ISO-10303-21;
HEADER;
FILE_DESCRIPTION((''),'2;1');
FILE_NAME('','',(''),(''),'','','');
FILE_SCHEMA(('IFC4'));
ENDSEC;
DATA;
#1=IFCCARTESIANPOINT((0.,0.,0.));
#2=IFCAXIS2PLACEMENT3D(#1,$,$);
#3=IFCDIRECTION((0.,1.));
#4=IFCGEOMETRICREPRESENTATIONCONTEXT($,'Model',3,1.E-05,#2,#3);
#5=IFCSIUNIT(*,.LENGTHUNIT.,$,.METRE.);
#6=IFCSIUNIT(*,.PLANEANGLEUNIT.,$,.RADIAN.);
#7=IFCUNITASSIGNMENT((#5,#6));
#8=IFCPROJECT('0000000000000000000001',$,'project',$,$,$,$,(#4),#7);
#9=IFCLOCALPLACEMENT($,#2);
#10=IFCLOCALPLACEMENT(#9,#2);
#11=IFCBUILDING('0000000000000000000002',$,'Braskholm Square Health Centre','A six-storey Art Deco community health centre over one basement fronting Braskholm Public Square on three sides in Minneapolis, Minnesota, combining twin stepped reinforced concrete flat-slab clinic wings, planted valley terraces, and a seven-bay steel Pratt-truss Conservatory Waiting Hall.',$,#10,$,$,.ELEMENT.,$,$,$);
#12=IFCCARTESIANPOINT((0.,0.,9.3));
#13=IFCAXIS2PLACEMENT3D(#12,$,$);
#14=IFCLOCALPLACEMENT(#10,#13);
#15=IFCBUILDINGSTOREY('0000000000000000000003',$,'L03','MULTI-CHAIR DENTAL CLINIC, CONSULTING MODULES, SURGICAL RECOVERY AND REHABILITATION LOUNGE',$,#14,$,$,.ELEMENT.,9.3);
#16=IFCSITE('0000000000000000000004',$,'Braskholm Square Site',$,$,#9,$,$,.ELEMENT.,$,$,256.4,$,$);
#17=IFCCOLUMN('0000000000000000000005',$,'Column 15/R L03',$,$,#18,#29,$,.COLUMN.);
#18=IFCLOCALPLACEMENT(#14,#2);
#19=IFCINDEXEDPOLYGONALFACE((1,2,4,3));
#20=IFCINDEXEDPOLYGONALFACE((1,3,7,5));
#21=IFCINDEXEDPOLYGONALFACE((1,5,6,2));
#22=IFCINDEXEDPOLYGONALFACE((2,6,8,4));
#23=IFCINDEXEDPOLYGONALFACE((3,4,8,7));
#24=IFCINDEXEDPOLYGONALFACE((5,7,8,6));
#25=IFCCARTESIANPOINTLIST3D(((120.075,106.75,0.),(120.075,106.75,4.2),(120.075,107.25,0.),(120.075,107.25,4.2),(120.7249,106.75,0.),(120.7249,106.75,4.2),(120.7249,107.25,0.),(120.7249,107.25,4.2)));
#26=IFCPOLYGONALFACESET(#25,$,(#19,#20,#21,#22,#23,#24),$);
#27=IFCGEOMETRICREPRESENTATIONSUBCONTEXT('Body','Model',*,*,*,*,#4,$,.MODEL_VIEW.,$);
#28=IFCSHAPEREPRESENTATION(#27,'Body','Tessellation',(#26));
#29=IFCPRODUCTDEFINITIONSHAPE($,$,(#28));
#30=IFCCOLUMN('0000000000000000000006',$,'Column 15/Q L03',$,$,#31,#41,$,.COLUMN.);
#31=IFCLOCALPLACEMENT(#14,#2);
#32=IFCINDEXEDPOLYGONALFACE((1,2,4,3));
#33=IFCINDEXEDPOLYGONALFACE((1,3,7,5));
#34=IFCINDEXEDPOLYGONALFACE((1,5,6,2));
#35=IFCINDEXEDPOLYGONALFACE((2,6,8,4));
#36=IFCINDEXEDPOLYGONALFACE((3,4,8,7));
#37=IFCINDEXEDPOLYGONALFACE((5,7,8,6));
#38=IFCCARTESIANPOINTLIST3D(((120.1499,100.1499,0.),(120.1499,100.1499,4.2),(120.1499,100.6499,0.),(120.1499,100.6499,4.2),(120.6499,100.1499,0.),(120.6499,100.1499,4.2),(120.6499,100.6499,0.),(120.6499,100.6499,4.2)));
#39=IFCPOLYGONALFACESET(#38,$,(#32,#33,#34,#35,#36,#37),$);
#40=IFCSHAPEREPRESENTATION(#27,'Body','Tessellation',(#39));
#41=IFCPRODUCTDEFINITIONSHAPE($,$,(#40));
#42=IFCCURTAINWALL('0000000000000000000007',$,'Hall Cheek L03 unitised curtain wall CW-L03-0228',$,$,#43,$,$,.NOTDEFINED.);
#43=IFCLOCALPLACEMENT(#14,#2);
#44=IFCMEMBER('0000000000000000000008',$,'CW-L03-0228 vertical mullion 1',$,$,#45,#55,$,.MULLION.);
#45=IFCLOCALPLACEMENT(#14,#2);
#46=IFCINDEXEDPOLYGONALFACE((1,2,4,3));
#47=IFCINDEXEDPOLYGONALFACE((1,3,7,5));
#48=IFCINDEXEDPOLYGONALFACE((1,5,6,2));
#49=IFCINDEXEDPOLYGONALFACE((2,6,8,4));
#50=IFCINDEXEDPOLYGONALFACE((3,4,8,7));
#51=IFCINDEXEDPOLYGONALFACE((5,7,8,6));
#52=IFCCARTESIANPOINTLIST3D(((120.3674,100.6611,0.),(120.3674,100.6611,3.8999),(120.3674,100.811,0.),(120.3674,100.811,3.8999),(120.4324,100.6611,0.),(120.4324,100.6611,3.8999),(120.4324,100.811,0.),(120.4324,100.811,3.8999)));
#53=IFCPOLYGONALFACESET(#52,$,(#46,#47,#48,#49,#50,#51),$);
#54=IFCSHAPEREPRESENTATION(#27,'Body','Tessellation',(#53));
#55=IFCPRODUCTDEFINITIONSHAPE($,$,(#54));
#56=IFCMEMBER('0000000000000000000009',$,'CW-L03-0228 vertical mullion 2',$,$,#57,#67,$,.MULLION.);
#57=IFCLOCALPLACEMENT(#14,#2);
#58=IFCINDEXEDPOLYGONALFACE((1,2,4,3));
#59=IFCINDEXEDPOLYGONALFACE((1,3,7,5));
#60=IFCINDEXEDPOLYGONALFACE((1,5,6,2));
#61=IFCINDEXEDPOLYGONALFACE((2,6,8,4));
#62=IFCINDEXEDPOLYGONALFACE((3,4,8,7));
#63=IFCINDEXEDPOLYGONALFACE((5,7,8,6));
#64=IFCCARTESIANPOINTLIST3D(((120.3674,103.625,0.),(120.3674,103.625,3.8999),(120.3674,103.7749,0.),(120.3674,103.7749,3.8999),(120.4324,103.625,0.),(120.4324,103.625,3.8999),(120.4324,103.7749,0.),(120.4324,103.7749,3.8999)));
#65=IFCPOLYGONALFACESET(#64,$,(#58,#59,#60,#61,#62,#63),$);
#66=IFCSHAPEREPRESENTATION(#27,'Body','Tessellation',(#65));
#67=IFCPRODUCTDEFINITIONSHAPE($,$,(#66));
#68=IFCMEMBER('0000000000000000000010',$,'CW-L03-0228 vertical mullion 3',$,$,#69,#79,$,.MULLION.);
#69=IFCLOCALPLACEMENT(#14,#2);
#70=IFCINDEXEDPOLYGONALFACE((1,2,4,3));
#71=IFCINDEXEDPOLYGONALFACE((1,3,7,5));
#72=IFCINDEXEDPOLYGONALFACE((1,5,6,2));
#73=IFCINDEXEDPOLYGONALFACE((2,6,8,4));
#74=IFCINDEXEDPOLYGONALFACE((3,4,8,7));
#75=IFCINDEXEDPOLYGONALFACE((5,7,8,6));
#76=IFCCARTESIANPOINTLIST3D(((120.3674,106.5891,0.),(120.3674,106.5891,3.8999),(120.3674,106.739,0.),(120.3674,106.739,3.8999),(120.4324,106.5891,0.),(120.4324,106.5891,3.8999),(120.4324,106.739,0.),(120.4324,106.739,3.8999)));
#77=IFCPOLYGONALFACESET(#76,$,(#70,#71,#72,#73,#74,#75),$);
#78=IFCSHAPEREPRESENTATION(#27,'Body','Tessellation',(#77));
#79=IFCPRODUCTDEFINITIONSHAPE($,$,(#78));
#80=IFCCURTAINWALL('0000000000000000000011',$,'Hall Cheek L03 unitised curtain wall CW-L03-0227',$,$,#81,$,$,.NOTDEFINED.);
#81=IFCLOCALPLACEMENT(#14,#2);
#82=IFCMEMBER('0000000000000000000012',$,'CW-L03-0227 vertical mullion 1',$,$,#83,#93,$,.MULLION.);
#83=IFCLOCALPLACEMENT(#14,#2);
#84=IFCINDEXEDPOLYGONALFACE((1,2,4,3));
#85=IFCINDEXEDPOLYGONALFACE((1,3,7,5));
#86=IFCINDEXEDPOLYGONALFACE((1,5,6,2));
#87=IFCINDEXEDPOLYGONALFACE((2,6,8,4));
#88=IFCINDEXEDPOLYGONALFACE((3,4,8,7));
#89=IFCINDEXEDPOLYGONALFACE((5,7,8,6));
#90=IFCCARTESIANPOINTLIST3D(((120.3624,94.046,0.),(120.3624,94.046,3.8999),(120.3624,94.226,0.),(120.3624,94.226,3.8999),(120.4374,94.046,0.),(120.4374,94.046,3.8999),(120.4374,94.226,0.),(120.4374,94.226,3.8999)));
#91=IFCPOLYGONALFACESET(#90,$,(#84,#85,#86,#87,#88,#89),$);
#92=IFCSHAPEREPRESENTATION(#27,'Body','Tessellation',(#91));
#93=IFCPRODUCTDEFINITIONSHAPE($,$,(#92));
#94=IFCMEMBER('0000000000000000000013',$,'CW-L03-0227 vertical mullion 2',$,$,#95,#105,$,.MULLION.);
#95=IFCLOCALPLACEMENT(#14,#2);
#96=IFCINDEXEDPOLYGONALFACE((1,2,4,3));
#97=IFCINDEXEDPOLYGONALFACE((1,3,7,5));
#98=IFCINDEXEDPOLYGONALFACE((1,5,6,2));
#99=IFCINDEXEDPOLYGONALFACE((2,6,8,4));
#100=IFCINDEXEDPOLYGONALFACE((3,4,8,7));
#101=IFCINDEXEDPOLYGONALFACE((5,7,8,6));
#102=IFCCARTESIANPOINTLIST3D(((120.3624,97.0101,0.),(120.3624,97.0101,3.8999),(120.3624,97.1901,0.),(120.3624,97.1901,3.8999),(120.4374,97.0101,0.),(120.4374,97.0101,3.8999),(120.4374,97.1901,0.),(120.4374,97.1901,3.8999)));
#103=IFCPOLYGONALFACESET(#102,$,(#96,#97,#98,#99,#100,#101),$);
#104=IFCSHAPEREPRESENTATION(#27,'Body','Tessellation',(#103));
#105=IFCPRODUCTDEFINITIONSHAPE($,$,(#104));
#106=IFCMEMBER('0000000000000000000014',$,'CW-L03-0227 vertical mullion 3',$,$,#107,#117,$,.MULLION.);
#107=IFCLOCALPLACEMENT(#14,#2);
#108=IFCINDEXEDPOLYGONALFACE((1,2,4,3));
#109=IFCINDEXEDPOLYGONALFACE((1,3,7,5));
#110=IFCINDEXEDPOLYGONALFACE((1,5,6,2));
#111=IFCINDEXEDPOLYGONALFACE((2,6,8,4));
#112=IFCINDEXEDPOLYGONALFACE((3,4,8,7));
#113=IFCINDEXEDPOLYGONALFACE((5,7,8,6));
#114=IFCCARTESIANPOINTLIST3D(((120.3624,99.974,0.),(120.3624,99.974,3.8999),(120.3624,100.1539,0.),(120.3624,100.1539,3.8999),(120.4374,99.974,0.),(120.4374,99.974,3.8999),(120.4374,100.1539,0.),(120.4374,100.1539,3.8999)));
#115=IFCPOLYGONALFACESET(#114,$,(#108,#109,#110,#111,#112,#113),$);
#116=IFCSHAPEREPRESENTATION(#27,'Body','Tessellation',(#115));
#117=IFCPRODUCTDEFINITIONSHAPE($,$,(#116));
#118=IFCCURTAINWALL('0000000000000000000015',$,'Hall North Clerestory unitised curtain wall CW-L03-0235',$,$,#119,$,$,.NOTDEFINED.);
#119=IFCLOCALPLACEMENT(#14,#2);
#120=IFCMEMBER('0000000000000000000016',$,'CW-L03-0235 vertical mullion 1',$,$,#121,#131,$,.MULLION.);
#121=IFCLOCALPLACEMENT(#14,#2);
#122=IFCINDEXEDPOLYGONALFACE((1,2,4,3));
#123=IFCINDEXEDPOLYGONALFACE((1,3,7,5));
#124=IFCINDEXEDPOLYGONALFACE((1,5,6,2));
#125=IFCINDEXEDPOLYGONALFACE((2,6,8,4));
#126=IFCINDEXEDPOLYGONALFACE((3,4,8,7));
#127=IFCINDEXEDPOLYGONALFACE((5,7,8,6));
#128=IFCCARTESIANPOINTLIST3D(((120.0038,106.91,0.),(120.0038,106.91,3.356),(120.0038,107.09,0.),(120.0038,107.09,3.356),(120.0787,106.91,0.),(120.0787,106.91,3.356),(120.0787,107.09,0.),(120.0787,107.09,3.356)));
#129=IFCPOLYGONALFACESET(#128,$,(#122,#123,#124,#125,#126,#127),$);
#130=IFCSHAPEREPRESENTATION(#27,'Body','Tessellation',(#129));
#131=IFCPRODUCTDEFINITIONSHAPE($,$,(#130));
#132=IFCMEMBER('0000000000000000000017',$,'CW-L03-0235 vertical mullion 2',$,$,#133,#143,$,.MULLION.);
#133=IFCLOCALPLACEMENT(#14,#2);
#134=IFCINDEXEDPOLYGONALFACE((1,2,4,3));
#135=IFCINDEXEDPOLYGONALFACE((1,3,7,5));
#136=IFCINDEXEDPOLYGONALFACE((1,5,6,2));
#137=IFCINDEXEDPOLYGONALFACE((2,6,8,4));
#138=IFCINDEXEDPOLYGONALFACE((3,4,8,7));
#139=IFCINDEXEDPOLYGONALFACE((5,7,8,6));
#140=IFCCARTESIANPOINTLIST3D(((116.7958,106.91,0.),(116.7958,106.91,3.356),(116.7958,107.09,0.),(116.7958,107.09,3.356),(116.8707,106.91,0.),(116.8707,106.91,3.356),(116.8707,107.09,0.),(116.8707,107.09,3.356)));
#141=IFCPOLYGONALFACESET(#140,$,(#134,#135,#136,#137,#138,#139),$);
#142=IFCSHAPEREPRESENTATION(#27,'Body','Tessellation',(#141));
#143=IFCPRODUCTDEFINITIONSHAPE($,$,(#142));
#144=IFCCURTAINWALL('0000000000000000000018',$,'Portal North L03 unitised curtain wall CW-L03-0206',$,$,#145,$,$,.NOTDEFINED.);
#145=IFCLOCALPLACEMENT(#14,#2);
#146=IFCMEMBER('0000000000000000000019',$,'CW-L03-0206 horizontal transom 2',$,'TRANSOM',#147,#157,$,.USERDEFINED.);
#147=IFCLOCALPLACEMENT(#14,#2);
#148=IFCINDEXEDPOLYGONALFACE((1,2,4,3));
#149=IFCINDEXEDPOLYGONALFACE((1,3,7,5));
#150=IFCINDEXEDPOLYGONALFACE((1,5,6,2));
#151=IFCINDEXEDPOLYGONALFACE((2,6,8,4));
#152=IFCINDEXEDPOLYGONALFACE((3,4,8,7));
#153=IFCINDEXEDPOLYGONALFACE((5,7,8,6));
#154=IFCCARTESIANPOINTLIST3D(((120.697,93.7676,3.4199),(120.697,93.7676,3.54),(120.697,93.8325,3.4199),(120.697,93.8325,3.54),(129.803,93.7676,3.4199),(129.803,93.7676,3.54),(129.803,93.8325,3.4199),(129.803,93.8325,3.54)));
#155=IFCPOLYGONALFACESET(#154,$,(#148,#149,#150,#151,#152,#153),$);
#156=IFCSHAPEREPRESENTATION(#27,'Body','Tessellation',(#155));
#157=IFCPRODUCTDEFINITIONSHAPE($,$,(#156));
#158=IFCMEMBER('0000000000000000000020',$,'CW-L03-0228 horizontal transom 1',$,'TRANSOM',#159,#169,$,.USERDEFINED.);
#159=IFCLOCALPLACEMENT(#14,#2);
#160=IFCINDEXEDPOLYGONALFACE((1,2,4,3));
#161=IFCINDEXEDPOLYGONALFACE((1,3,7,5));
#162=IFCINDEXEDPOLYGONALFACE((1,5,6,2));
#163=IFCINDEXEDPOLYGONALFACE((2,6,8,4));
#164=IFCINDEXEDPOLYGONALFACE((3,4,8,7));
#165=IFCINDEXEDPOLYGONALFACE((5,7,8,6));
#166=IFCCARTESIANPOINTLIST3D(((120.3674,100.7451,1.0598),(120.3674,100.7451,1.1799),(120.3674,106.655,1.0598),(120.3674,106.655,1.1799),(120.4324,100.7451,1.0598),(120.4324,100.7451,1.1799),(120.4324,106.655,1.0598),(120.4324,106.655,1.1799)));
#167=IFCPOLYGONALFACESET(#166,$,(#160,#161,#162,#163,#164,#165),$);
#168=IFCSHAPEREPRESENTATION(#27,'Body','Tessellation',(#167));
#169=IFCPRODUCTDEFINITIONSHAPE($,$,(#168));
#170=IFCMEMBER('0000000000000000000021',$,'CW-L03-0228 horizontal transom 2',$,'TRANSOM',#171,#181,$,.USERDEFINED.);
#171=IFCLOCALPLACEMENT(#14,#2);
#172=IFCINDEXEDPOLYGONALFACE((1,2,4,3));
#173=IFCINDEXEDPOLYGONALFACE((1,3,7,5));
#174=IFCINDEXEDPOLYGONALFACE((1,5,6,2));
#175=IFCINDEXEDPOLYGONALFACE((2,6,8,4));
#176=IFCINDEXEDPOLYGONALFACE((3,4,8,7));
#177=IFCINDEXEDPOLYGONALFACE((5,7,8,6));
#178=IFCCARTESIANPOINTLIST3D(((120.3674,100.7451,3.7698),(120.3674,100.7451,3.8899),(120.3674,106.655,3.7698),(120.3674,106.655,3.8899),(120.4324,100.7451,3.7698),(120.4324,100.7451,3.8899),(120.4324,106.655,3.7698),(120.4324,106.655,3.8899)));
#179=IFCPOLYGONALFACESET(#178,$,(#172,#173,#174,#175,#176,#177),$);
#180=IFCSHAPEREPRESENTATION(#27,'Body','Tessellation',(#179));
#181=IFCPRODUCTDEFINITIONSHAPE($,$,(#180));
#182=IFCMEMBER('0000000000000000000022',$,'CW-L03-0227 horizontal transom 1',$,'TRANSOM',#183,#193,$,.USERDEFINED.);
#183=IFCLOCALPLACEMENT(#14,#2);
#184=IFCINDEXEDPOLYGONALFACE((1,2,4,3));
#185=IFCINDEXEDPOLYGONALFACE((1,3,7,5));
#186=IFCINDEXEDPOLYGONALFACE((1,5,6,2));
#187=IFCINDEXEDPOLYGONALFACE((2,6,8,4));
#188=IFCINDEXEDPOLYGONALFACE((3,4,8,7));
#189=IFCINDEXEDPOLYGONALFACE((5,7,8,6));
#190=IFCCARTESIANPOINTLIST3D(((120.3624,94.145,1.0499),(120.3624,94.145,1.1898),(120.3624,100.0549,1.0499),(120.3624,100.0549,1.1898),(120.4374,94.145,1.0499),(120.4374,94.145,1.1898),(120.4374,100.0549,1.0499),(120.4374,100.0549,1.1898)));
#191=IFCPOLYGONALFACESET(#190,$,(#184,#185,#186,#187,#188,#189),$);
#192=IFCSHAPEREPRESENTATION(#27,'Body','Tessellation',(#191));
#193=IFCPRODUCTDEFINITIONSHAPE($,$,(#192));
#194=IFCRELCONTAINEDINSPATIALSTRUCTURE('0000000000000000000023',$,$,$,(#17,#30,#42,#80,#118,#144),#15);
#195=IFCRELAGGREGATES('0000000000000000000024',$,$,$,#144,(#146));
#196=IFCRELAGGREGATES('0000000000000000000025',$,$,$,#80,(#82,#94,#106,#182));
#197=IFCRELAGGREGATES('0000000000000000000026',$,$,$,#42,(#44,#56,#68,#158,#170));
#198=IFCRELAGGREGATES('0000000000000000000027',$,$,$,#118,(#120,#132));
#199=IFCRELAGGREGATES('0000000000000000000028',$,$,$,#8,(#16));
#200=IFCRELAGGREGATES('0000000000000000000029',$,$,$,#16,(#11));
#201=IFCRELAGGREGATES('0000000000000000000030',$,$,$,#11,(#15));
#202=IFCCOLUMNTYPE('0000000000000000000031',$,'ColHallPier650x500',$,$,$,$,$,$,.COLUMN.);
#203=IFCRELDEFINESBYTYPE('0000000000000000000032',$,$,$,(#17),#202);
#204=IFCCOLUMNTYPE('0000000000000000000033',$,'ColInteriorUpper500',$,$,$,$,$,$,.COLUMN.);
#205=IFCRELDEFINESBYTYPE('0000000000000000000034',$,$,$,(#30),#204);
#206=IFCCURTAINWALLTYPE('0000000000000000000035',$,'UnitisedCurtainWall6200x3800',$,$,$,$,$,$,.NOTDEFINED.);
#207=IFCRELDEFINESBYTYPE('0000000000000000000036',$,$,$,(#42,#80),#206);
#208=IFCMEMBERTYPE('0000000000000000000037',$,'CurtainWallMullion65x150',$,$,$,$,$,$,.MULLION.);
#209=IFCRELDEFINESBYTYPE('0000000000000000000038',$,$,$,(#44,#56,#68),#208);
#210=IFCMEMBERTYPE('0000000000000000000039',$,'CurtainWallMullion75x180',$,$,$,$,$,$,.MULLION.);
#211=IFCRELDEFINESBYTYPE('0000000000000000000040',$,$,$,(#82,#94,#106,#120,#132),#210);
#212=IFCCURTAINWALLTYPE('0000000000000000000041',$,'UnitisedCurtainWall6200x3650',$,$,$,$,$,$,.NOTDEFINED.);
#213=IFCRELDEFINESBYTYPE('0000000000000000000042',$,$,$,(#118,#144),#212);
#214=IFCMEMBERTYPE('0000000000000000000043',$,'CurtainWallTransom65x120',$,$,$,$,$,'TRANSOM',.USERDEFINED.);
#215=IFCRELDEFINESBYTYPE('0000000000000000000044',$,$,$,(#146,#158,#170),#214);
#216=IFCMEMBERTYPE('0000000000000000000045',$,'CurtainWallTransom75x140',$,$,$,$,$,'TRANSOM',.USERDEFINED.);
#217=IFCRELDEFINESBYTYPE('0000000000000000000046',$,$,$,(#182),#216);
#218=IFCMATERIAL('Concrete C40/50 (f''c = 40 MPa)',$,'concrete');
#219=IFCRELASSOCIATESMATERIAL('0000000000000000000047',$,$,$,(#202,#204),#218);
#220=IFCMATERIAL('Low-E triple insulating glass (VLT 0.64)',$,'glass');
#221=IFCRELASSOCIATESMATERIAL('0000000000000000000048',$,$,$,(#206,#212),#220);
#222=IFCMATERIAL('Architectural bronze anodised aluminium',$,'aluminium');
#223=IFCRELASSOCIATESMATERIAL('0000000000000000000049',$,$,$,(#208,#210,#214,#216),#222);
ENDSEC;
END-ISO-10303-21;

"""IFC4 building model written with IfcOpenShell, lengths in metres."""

from ifc_helpers import new_model, si_unit, direction, frame, origin, origin_2d, place, context, subcontext, project, spatial, rectangle, extrude, material, material_profile, profile_set, type_object, element, aggregate, save


model = new_model("IFC4")

# Units and contexts
model_context = context("Model", 3, precision=1e-05, world=origin(), true_north=direction((0.0, 1.0)))
body_context = subcontext(model_context, "Body", "Model", "MODEL_VIEW")
ifc_project = project(units=[si_unit("LENGTHUNIT", "METRE"), si_unit("PLANEANGLEUNIT", "RADIAN")], contexts=[model_context])

# Site, building, storey
site_placement = place(None, origin())
site = spatial("IfcSite", under=ifc_project, at=site_placement, Name="Braskholm Square Site", CompositionType="ELEMENT", RefElevation=256.4)
building_placement = place(site_placement, origin())
building = spatial("IfcBuilding", under=site, at=building_placement, Name="Braskholm Square Health Centre", Description="A six-storey Art Deco community health centre over one basement fronting Braskholm Public Square on three sides in Minneapolis, Minnesota, combining twin stepped reinforced concrete flat-slab clinic wings, planted valley terraces, and a seven-bay steel Pratt-truss Conservatory Waiting Hall.", CompositionType="ELEMENT")
storey_placement = place(building_placement, frame((0.0, 0.0, 9.3)))
storey = spatial("IfcBuildingStorey", under=building, at=storey_placement, Name="L03", Description="MULTI-CHAIR DENTAL CLINIC, CONSULTING MODULES, SURGICAL RECOVERY AND REHABILITATION LOUNGE", CompositionType="ELEMENT", Elevation=9.3)

# Columns
ifc_material_1 = material(Name="Concrete C40/50 (f'c = 40 MPa)", Category="concrete")
ifc_material_profile_1 = material_profile(ifc_material_1, rectangle(XDim=0.6499, YDim=0.5, at=origin_2d()), Name="RC-650X500")
ifc_profile_set_1 = profile_set([ifc_material_profile_1], Name="Concrete C40/50 (f'c = 40 MPa)")
column_type_1 = type_object("IfcColumnType", Name="ColHallPier650x500", PredefinedType="COLUMN", material=ifc_profile_set_1)
column_1_placement = place(storey_placement, frame((120.3999, 107.0, 0.0), z_axis=(0.0, 0.0, 1.0), x_axis=(1.0, 0.0, 0.0)))
element("IfcColumn", 1, at=column_1_placement, inside=storey, type_object=column_type_1, Name="Column 15/R L03", PredefinedType="COLUMN", context=body_context, shape_type="SweptSolid", body=[
    extrude(rectangle(XDim=0.6499, YDim=0.5, at=origin_2d()), origin(), (0.0, 0.0, 1.0), 4.2),
])
ifc_material_profile_2 = material_profile(ifc_material_1, rectangle(XDim=0.5, YDim=0.5, at=origin_2d()), Name="RC-500X500")
ifc_profile_set_2 = profile_set([ifc_material_profile_2], Name="Concrete C40/50 (f'c = 40 MPa)")
column_type_2 = type_object("IfcColumnType", Name="ColInteriorUpper500", PredefinedType="COLUMN", material=ifc_profile_set_2)
column_2_placement = place(storey_placement, frame((120.3999, 100.3999, 0.0), z_axis=(0.0, 0.0, 1.0), x_axis=(1.0, 0.0, 0.0)))
element("IfcColumn", 2, at=column_2_placement, inside=storey, type_object=column_type_2, Name="Column 15/Q L03", PredefinedType="COLUMN", context=body_context, shape_type="SweptSolid", body=[
    extrude(rectangle(XDim=0.5, YDim=0.5, at=origin_2d()), origin(), (0.0, 0.0, 1.0), 4.2),
])

# Curtain walls, members
ifc_material_2 = material(Name="Low-E triple insulating glass (VLT 0.64)", Category="glass")
curtain_wall_type_1 = type_object("IfcCurtainWallType", Name="UnitisedCurtainWall6200x3800", PredefinedType="NOTDEFINED", material=ifc_material_2)
curtain_wall_1_placement = place(storey_placement, origin())
curtain_wall_1 = element("IfcCurtainWall", 3, at=curtain_wall_1_placement, inside=storey, type_object=curtain_wall_type_1, Name="Hall Cheek L03 unitised curtain wall CW-L03-0228", PredefinedType="NOTDEFINED")
ifc_material_3 = material(Name="Architectural bronze anodised aluminium", Category="aluminium")
ifc_material_profile_3 = material_profile(ifc_material_3, rectangle(XDim=0.0649, YDim=0.1499, at=origin_2d()), Name="ALU-65X150")
ifc_profile_set_3 = profile_set([ifc_material_profile_3], Name="Architectural bronze anodised aluminium")
member_type_1 = type_object("IfcMemberType", Name="CurtainWallMullion65x150", PredefinedType="MULLION", material=ifc_profile_set_3)
member_1_placement = place(storey_placement, frame((120.3999, 100.7361, 0.0), z_axis=(0.0, 0.0, 1.0), x_axis=(1.0, 0.0, 0.0)))
member_1 = element("IfcMember", 4, at=member_1_placement, type_object=member_type_1, Name="CW-L03-0228 vertical mullion 1", PredefinedType="MULLION", context=body_context, shape_type="SweptSolid", body=[
    extrude(rectangle(XDim=0.0649, YDim=0.1499, at=origin_2d()), origin(), (0.0, 0.0, 1.0), 3.8999),
])
member_2_placement = place(storey_placement, frame((120.3999, 103.7, 0.0), z_axis=(0.0, 0.0, 1.0), x_axis=(1.0, 0.0, 0.0)))
member_2 = element("IfcMember", 5, at=member_2_placement, type_object=member_type_1, Name="CW-L03-0228 vertical mullion 2", PredefinedType="MULLION", context=body_context, shape_type="SweptSolid", body=[
    extrude(rectangle(XDim=0.0649, YDim=0.1499, at=origin_2d()), origin(), (0.0, 0.0, 1.0), 3.8999),
])
member_3_placement = place(storey_placement, frame((120.3999, 106.6641, 0.0), z_axis=(0.0, 0.0, 1.0), x_axis=(1.0, 0.0, 0.0)))
member_3 = element("IfcMember", 6, at=member_3_placement, type_object=member_type_1, Name="CW-L03-0228 vertical mullion 3", PredefinedType="MULLION", context=body_context, shape_type="SweptSolid", body=[
    extrude(rectangle(XDim=0.0649, YDim=0.1499, at=origin_2d()), origin(), (0.0, 0.0, 1.0), 3.8999),
])
curtain_wall_2_placement = place(storey_placement, origin())
curtain_wall_2 = element("IfcCurtainWall", 7, at=curtain_wall_2_placement, inside=storey, type_object=curtain_wall_type_1, Name="Hall Cheek L03 unitised curtain wall CW-L03-0227", PredefinedType="NOTDEFINED")
ifc_material_profile_4 = material_profile(ifc_material_3, rectangle(XDim=0.075, YDim=0.1799, at=origin_2d()), Name="ALU-75X180")
ifc_profile_set_4 = profile_set([ifc_material_profile_4], Name="Architectural bronze anodised aluminium")
member_type_2 = type_object("IfcMemberType", Name="CurtainWallMullion75x180", PredefinedType="MULLION", material=ifc_profile_set_4)
member_4_placement = place(storey_placement, frame((120.3999, 94.136, 0.0), z_axis=(0.0, 0.0, 1.0), x_axis=(1.0, 0.0, 0.0)))
member_4 = element("IfcMember", 8, at=member_4_placement, type_object=member_type_2, Name="CW-L03-0227 vertical mullion 1", PredefinedType="MULLION", context=body_context, shape_type="SweptSolid", body=[
    extrude(rectangle(XDim=0.075, YDim=0.1799, at=origin_2d()), origin(), (0.0, 0.0, 1.0), 3.8999),
])
member_5_placement = place(storey_placement, frame((120.3999, 97.1001, 0.0), z_axis=(0.0, 0.0, 1.0), x_axis=(1.0, 0.0, 0.0)))
member_5 = element("IfcMember", 9, at=member_5_placement, type_object=member_type_2, Name="CW-L03-0227 vertical mullion 2", PredefinedType="MULLION", context=body_context, shape_type="SweptSolid", body=[
    extrude(rectangle(XDim=0.075, YDim=0.1799, at=origin_2d()), origin(), (0.0, 0.0, 1.0), 3.8999),
])
member_6_placement = place(storey_placement, frame((120.3999, 100.064, 0.0), z_axis=(0.0, 0.0, 1.0), x_axis=(1.0, 0.0, 0.0)))
member_6 = element("IfcMember", 10, at=member_6_placement, type_object=member_type_2, Name="CW-L03-0227 vertical mullion 3", PredefinedType="MULLION", context=body_context, shape_type="SweptSolid", body=[
    extrude(rectangle(XDim=0.075, YDim=0.1799, at=origin_2d()), origin(), (0.0, 0.0, 1.0), 3.8999),
])
curtain_wall_type_2 = type_object("IfcCurtainWallType", Name="UnitisedCurtainWall6200x3650", PredefinedType="NOTDEFINED", material=ifc_material_2)
curtain_wall_3_placement = place(storey_placement, origin())
curtain_wall_3 = element("IfcCurtainWall", 11, at=curtain_wall_3_placement, inside=storey, type_object=curtain_wall_type_2, Name="Hall North Clerestory unitised curtain wall CW-L03-0235", PredefinedType="NOTDEFINED")
member_7_placement = place(storey_placement, frame((120.0413, 107.0, 0.0), z_axis=(0.0, 0.0, 1.0), x_axis=(1.0, 0.0, 0.0)))
member_7 = element("IfcMember", 12, at=member_7_placement, type_object=member_type_2, Name="CW-L03-0235 vertical mullion 1", PredefinedType="MULLION", context=body_context, shape_type="SweptSolid", body=[
    extrude(rectangle(XDim=0.075, YDim=0.1799, at=origin_2d()), origin(), (0.0, 0.0, 1.0), 3.356),
])
member_8_placement = place(storey_placement, frame((116.8333, 107.0, 0.0), z_axis=(0.0, 0.0, 1.0), x_axis=(1.0, 0.0, 0.0)))
member_8 = element("IfcMember", 13, at=member_8_placement, type_object=member_type_2, Name="CW-L03-0235 vertical mullion 2", PredefinedType="MULLION", context=body_context, shape_type="SweptSolid", body=[
    extrude(rectangle(XDim=0.075, YDim=0.1799, at=origin_2d()), origin(), (0.0, 0.0, 1.0), 3.356),
])

# Curtain wall, member
curtain_wall_4_placement = place(storey_placement, origin())
curtain_wall_4 = element("IfcCurtainWall", 14, at=curtain_wall_4_placement, inside=storey, type_object=curtain_wall_type_2, Name="Portal North L03 unitised curtain wall CW-L03-0206", PredefinedType="NOTDEFINED")
ifc_material_profile_5 = material_profile(ifc_material_3, rectangle(XDim=0.0649, YDim=0.1201, at=origin_2d()), Name="ALU-65X120")
ifc_profile_set_5 = profile_set([ifc_material_profile_5], Name="Architectural bronze anodised aluminium")
member_type_3 = type_object("IfcMemberType", Name="CurtainWallTransom65x120", ElementType="TRANSOM", PredefinedType="USERDEFINED", material=ifc_profile_set_5)
member_9_placement = place(storey_placement, frame((129.803, 93.8, 3.48), z_axis=(-1.0, 0.0, 0.0), x_axis=(0.0, -1.0, 0.0)))
member_9 = element("IfcMember", 15, at=member_9_placement, type_object=member_type_3, Name="CW-L03-0206 horizontal transom 2", ObjectType="TRANSOM", PredefinedType="USERDEFINED", context=body_context, shape_type="SweptSolid", body=[
    extrude(rectangle(XDim=0.0649, YDim=0.1201, at=origin_2d()), origin(), (0.0, 0.0, 1.0), 9.106),
])
aggregate(curtain_wall_4, [member_9])

# Members
member_10_placement = place(storey_placement, frame((120.3999, 100.7451, 1.1199), z_axis=(0.0, 1.0, 0.0), x_axis=(-1.0, 0.0, 0.0)))
member_10 = element("IfcMember", 16, at=member_10_placement, type_object=member_type_3, Name="CW-L03-0228 horizontal transom 1", ObjectType="TRANSOM", PredefinedType="USERDEFINED", context=body_context, shape_type="SweptSolid", body=[
    extrude(rectangle(XDim=0.0649, YDim=0.1201, at=origin_2d()), origin(), (0.0, 0.0, 1.0), 5.9099),
])
member_11_placement = place(storey_placement, frame((120.3999, 100.7451, 3.8298), z_axis=(0.0, 1.0, 0.0), x_axis=(-1.0, 0.0, 0.0)))
member_11 = element("IfcMember", 17, at=member_11_placement, type_object=member_type_3, Name="CW-L03-0228 horizontal transom 2", ObjectType="TRANSOM", PredefinedType="USERDEFINED", context=body_context, shape_type="SweptSolid", body=[
    extrude(rectangle(XDim=0.0649, YDim=0.1201, at=origin_2d()), origin(), (0.0, 0.0, 1.0), 5.9099),
])
ifc_material_profile_6 = material_profile(ifc_material_3, rectangle(XDim=0.075, YDim=0.1399, at=origin_2d()), Name="ALU-75X140")
ifc_profile_set_6 = profile_set([ifc_material_profile_6], Name="Architectural bronze anodised aluminium")
member_type_4 = type_object("IfcMemberType", Name="CurtainWallTransom75x140", ElementType="TRANSOM", PredefinedType="USERDEFINED", material=ifc_profile_set_6)
member_12_placement = place(storey_placement, frame((120.3999, 94.145, 1.1199), z_axis=(0.0, 1.0, 0.0), x_axis=(-1.0, 0.0, 0.0)))
member_12 = element("IfcMember", 18, at=member_12_placement, type_object=member_type_4, Name="CW-L03-0227 horizontal transom 1", ObjectType="TRANSOM", PredefinedType="USERDEFINED", context=body_context, shape_type="SweptSolid", body=[
    extrude(rectangle(XDim=0.075, YDim=0.1399, at=origin_2d()), origin(), (0.0, 0.0, 1.0), 5.9099),
])

aggregate(curtain_wall_2, [member_4, member_5, member_6, member_12])
aggregate(curtain_wall_1, [member_1, member_2, member_3, member_10, member_11])
aggregate(curtain_wall_3, [member_7, member_8])

save(model, "model.ifc")
